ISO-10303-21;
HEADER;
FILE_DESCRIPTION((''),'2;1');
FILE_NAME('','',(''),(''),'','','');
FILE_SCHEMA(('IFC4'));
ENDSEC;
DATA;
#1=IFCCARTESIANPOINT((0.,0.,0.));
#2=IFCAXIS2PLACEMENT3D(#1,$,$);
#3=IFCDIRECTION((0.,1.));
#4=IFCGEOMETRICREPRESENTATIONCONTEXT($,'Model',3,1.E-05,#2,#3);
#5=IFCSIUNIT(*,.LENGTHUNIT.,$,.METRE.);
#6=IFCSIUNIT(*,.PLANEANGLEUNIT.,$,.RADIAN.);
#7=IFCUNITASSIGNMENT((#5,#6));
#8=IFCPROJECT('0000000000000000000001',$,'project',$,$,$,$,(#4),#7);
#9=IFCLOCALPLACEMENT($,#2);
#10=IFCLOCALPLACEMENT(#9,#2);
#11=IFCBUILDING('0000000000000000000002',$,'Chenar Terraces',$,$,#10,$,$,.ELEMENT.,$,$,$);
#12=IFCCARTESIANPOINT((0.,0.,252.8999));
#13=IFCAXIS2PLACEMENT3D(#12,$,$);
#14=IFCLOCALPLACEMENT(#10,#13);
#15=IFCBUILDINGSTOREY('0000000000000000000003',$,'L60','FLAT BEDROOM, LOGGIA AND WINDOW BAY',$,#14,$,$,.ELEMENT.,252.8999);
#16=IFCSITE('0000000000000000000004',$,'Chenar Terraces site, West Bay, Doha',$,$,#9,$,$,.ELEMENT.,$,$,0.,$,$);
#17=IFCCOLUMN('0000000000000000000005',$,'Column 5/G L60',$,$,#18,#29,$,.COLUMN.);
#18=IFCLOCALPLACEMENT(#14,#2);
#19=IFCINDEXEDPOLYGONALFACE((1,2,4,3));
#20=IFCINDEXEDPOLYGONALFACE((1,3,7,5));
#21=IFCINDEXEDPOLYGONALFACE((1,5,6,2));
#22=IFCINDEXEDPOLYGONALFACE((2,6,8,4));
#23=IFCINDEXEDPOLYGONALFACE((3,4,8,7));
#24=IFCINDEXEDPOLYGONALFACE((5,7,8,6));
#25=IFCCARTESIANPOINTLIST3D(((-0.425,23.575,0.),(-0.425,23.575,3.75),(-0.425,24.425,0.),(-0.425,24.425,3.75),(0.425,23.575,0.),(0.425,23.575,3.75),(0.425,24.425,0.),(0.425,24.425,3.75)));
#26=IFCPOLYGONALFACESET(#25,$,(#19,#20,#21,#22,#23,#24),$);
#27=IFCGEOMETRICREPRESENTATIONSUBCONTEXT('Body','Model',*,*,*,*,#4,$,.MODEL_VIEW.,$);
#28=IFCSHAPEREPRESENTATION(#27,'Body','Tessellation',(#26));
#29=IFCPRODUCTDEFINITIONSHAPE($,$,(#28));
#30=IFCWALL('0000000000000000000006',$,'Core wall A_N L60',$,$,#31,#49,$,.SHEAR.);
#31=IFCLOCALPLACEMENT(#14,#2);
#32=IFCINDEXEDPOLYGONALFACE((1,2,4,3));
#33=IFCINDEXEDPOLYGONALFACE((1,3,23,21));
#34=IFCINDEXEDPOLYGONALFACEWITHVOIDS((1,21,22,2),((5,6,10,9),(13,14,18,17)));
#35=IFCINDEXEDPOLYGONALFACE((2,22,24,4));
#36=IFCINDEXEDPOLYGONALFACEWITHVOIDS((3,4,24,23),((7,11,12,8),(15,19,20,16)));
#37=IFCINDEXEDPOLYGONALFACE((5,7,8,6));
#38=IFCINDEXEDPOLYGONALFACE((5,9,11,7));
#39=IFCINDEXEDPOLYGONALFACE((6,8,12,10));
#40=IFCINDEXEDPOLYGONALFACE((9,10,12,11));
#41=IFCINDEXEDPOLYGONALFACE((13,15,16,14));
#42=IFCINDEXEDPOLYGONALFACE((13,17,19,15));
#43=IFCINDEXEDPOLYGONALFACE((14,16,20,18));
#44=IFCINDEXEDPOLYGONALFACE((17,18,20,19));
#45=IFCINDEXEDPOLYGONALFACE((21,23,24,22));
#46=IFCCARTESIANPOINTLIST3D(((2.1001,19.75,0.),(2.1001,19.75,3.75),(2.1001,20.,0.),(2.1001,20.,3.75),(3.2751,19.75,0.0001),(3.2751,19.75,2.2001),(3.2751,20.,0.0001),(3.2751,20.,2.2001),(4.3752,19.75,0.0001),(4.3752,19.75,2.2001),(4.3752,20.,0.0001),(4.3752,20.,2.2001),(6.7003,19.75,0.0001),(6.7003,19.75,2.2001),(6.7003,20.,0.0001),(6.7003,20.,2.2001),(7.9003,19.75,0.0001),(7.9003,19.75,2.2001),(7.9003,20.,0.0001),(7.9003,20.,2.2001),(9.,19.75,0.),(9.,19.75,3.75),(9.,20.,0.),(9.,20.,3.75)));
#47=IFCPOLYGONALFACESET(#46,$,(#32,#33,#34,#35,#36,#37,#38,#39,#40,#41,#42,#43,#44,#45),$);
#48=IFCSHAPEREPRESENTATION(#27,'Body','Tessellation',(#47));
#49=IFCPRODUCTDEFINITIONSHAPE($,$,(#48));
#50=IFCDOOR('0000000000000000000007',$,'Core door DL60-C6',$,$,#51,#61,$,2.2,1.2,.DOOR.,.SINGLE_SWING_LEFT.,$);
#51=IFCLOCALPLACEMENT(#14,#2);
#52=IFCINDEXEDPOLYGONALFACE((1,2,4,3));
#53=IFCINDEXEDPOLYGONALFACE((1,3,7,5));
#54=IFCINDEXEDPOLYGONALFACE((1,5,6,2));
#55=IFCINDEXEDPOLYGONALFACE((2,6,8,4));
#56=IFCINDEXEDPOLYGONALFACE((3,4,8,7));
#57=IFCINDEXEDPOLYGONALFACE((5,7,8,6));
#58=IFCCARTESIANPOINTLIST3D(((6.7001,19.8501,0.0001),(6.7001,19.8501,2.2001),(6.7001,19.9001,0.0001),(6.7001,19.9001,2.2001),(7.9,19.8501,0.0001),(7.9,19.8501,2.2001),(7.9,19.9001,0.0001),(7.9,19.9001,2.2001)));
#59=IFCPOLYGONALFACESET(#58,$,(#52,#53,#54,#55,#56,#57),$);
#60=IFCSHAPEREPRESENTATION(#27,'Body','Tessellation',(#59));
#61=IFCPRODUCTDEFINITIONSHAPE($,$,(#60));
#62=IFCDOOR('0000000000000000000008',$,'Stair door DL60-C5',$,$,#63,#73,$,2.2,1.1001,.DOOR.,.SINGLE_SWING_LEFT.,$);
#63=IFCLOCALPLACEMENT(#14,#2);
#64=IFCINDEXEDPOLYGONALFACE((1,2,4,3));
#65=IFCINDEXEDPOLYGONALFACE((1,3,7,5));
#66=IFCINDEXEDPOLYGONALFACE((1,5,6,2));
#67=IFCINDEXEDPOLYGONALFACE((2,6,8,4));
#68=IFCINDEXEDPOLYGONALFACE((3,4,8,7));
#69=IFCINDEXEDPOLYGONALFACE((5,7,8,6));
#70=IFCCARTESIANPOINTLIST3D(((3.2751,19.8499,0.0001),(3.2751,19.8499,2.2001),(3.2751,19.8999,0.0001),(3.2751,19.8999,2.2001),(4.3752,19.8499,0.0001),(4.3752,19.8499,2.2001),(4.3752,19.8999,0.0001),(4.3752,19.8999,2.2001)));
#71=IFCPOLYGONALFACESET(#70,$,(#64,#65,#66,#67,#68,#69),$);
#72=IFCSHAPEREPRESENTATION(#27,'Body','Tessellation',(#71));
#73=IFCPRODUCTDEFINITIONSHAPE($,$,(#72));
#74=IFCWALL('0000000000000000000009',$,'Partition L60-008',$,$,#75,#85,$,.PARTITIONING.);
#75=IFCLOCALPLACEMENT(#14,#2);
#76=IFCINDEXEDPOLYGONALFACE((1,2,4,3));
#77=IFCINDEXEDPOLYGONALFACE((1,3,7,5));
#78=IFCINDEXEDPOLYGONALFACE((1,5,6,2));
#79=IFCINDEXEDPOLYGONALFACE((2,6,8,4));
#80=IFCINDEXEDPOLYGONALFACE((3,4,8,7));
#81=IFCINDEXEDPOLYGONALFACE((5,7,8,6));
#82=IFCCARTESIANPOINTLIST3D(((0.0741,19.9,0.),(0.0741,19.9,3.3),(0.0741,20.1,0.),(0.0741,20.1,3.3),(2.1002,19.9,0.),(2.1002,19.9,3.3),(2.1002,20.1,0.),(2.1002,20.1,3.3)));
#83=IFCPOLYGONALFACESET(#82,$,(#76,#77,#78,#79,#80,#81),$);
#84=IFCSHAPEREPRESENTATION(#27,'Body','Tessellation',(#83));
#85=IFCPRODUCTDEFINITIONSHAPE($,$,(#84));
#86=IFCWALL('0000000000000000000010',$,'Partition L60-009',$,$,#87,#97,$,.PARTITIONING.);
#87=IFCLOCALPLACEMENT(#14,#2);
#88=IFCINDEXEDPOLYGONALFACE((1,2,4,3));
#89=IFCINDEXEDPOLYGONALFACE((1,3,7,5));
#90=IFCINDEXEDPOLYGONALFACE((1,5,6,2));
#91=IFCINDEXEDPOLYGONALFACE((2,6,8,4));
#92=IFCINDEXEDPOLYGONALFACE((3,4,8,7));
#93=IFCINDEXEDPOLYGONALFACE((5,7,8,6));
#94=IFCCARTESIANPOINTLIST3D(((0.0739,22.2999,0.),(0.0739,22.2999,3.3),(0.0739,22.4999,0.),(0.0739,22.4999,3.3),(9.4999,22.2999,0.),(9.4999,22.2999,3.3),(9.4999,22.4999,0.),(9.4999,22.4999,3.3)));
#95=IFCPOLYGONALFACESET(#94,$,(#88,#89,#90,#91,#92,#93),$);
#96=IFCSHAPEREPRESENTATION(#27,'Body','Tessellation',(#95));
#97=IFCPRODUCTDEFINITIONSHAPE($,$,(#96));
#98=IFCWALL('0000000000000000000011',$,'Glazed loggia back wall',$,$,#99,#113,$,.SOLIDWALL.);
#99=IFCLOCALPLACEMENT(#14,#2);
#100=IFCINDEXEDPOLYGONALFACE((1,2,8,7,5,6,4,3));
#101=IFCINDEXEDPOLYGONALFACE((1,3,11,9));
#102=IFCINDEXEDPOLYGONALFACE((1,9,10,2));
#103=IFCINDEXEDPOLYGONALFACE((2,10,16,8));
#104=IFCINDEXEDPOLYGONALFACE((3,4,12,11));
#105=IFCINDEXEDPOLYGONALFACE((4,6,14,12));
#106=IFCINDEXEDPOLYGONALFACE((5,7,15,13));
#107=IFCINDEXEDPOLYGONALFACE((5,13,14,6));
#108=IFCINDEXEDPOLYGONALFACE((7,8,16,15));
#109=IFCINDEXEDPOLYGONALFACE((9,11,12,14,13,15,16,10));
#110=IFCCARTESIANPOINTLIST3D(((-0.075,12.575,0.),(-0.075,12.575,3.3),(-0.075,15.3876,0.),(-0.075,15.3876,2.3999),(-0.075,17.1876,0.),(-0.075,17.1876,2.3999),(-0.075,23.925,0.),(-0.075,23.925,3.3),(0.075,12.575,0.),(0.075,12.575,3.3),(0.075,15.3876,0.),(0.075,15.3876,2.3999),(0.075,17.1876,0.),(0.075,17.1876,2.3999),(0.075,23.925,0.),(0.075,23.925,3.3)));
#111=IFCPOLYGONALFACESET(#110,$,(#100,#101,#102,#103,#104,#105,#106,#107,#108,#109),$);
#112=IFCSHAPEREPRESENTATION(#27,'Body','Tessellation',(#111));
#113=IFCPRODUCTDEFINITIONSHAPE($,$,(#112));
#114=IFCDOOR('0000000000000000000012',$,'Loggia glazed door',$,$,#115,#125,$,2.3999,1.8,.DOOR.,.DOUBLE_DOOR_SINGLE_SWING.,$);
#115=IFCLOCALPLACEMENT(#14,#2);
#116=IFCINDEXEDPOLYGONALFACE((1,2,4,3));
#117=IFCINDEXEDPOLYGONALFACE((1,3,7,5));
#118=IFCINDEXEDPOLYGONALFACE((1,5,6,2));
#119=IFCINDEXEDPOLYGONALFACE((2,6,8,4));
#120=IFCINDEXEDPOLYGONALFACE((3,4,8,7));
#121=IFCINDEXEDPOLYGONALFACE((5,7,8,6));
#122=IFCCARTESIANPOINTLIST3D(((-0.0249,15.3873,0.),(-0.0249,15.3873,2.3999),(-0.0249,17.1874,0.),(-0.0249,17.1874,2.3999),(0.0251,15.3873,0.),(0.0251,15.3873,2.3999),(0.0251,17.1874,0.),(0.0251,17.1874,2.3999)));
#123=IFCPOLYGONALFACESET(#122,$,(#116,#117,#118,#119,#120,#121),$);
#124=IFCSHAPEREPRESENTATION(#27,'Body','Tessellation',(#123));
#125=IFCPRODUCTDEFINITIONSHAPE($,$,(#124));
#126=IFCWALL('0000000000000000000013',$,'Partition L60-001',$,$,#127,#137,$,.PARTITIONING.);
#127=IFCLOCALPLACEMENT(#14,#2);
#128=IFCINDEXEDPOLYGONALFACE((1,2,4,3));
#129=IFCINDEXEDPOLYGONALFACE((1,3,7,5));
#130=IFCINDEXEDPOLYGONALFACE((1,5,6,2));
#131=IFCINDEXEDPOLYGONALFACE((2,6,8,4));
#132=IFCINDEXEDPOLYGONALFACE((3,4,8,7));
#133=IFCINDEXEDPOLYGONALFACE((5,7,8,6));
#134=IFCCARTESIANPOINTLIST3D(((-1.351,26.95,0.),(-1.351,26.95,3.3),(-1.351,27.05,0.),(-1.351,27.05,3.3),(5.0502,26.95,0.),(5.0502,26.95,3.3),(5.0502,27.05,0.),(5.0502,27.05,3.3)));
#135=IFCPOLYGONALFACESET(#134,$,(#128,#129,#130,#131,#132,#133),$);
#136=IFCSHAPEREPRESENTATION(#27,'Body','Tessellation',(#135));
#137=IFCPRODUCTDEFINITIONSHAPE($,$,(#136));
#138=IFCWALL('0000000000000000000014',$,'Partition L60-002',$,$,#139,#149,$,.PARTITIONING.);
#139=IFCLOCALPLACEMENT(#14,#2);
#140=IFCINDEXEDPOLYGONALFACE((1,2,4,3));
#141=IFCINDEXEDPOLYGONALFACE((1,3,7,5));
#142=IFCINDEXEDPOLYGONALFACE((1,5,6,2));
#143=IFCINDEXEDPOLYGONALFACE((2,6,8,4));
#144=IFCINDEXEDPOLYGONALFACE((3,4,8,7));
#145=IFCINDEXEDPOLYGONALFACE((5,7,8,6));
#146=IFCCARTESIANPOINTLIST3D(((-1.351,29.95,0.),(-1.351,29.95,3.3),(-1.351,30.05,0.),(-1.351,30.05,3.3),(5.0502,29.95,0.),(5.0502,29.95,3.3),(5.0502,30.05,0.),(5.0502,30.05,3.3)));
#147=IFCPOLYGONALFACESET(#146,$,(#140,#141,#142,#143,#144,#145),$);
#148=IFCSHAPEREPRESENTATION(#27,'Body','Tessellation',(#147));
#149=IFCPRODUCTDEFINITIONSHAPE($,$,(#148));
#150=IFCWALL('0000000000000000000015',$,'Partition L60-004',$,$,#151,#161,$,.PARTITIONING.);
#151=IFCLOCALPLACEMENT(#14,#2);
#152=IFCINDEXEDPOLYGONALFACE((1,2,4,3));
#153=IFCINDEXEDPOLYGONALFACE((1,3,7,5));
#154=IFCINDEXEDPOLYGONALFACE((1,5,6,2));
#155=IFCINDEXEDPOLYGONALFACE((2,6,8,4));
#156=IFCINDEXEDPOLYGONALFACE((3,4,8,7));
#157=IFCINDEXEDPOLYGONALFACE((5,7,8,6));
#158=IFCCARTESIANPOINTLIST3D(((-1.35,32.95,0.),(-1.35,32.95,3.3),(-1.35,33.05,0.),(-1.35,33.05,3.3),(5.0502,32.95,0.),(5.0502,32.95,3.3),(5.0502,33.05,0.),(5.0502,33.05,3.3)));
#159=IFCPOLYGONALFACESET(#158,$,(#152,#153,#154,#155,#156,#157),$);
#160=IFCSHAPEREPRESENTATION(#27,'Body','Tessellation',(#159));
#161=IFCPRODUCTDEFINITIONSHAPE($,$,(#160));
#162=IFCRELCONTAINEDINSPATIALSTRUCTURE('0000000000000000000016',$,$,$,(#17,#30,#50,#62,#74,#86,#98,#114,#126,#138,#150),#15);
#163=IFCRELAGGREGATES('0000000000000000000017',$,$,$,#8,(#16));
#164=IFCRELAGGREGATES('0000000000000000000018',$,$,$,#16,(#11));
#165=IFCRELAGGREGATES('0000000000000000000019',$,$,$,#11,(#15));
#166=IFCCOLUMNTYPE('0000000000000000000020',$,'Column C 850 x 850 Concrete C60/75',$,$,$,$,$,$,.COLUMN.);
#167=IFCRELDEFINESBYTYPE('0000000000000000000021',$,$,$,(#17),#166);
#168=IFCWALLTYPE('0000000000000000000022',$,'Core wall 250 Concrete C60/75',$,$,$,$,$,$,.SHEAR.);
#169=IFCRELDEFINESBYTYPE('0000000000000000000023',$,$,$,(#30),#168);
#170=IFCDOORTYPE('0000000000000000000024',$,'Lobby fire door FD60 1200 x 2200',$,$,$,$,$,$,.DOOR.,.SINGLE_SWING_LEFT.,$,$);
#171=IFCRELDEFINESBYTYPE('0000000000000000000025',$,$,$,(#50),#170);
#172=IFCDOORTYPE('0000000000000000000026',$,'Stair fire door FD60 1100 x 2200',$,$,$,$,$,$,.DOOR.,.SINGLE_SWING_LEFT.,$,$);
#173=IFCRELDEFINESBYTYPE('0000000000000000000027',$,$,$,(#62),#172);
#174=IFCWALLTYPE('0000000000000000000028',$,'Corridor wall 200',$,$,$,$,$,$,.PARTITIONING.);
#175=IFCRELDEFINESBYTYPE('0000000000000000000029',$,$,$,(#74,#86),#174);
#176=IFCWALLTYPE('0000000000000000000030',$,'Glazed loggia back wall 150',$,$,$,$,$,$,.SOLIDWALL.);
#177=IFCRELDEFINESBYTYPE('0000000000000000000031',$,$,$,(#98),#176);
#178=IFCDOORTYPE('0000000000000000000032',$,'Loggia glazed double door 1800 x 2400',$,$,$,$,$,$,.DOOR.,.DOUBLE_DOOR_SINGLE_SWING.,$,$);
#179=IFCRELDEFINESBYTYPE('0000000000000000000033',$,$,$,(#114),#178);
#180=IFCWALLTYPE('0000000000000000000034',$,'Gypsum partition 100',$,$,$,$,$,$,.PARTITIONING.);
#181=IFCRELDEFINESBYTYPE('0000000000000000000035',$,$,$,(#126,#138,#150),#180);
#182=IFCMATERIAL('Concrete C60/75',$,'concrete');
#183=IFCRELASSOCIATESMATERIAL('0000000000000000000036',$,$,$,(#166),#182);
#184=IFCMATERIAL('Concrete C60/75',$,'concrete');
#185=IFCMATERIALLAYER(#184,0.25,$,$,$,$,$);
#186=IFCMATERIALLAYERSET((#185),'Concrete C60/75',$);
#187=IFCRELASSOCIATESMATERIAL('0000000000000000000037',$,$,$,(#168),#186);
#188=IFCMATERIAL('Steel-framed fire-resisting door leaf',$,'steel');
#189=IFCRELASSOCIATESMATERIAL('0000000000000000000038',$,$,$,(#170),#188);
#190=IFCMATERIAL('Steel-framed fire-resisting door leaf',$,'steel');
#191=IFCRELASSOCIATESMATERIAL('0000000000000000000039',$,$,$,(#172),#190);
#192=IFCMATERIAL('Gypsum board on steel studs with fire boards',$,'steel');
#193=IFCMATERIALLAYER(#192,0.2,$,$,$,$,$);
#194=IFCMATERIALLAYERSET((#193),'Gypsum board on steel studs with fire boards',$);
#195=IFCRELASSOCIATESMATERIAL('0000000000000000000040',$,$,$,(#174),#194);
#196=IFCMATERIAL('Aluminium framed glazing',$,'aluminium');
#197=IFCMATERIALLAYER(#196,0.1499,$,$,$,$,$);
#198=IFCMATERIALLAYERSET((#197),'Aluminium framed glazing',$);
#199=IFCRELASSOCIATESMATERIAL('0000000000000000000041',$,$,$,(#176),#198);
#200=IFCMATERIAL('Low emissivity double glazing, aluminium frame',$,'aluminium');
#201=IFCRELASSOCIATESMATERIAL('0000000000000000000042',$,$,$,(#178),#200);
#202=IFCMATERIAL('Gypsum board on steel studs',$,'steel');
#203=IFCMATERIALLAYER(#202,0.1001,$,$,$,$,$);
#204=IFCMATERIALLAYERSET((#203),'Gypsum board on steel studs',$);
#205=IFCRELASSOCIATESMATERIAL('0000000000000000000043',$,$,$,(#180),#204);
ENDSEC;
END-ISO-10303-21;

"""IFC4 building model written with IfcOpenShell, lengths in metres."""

from ifc_helpers import new_model, si_unit, direction, frame, frame_2d, origin, origin_2d, place, context, subcontext, project, spatial, rectangle, extrude, material, layer, layer_set, material_profile, profile_set, type_object, element, fill, save


model = new_model("IFC4")

# Units and contexts
model_context = context("Model", 3, precision=1e-05, world=origin(), true_north=direction((0.0, 1.0)))
body_context = subcontext(model_context, "Body", "Model", "MODEL_VIEW")
ifc_project = project(units=[si_unit("LENGTHUNIT", "METRE"), si_unit("PLANEANGLEUNIT", "RADIAN")], contexts=[model_context])

# Site, building, storey
site_placement = place(None, origin())
site = spatial("IfcSite", under=ifc_project, at=site_placement, Name="Chenar Terraces site, West Bay, Doha", CompositionType="ELEMENT", RefElevation=0.0)
building_placement = place(site_placement, origin())
building = spatial("IfcBuilding", under=site, at=building_placement, Name="Chenar Terraces", CompositionType="ELEMENT")
storey_placement = place(building_placement, frame((0.0, 0.0, 252.8999)))
storey = spatial("IfcBuildingStorey", under=building, at=storey_placement, Name="L60", Description="FLAT BEDROOM, LOGGIA AND WINDOW BAY", CompositionType="ELEMENT", Elevation=252.8999)

# Column
ifc_material_1 = material(Name="Concrete C60/75", Category="concrete")
ifc_material_profile = material_profile(ifc_material_1, rectangle(XDim=0.8501, YDim=0.8501, at=origin_2d()), Name="C 850 x 850")
ifc_profile_set = profile_set([ifc_material_profile], Name="Concrete C60/75")
column_type = type_object("IfcColumnType", Name="Column C 850 x 850 Concrete C60/75", PredefinedType="COLUMN", material=ifc_profile_set)
column_placement = place(storey_placement, frame((0.0, 24.0, 0.0), z_axis=(0.0, 0.0, 1.0), x_axis=(1.0, 0.0, 0.0)))
element("IfcColumn", 1, at=column_placement, inside=storey, type_object=column_type, Name="Column 5/G L60", PredefinedType="COLUMN", context=body_context, shape_type="SweptSolid", body=[
    extrude(rectangle(XDim=0.8501, YDim=0.8501, at=origin_2d()), origin(), (0.0, 0.0, 1.0), 3.75),
])

# Wall, openings, doors
ifc_material_2 = material(Name="Concrete C60/75", Category="concrete")
ifc_layer_1 = layer(ifc_material_2, 0.25)
ifc_layer_set_1 = layer_set([ifc_layer_1], Name="Concrete C60/75")
wall_type_1 = type_object("IfcWallType", Name="Core wall 250 Concrete C60/75", PredefinedType="SHEAR", material=ifc_layer_set_1)
wall_1_placement = place(storey_placement, frame((2.1001, 19.875, 0.0), z_axis=(0.0, 0.0, 1.0), x_axis=(1.0, 0.0, 0.0)))
wall_1 = element("IfcWall", 2, at=wall_1_placement, inside=storey, type_object=wall_type_1, Name="Core wall A_N L60", PredefinedType="SHEAR", context=body_context, shape_type="SweptSolid", body=[
    extrude(rectangle(XDim=6.8999, YDim=0.25, at=frame_2d((3.45, 0.0))), origin(), (0.0, 0.0, 1.0), 3.75),
])
opening_1_placement = place(wall_1_placement, frame((1.175, 0.0, 0.0)))
opening_1 = element("IfcOpeningElement", 3, at=opening_1_placement, cuts=wall_1, PredefinedType="OPENING", context=body_context, shape_type="SweptSolid", body=[
    extrude(rectangle(XDim=1.1001, YDim=2.2, at=frame_2d((0.55, 1.1001))), frame((0.0, 0.135, 0.0), z_axis=(0.0, -1.0, 0.0), x_axis=(1.0, 0.0, 0.0)), (0.0, 0.0, 1.0), 0.27),
])
opening_2_placement = place(wall_1_placement, frame((4.6001, 0.0, 0.0)))
opening_2 = element("IfcOpeningElement", 4, at=opening_2_placement, cuts=wall_1, PredefinedType="OPENING", context=body_context, shape_type="SweptSolid", body=[
    extrude(rectangle(XDim=1.2, YDim=2.2, at=frame_2d((0.6001, 1.1001))), frame((0.0, 0.135, 0.0), z_axis=(0.0, -1.0, 0.0), x_axis=(1.0, 0.0, 0.0)), (0.0, 0.0, 1.0), 0.27),
])
ifc_material_3 = material(Name="Steel-framed fire-resisting door leaf", Category="steel")
door_type_1 = type_object("IfcDoorType", Name="Lobby fire door FD60 1200 x 2200", OperationType="SINGLE_SWING_LEFT", PredefinedType="DOOR", material=ifc_material_3)
door_1_placement = place(opening_2_placement, frame((1.2, 0.0, 0.0), z_axis=(0.0, 0.0, 1.0), x_axis=(-1.0, 0.0, 0.0)))
door_1 = element("IfcDoor", 5, at=door_1_placement, inside=storey, type_object=door_type_1, Name="Core door DL60-C6", OperationType="SINGLE_SWING_LEFT", OverallHeight=2.2, OverallWidth=1.2, PredefinedType="DOOR", context=body_context, shape_type="SweptSolid", body=[
    extrude(rectangle(XDim=1.2, YDim=2.2, at=frame_2d((0.6001, 1.1001))), frame((0.0, 0.0249, 0.0), z_axis=(0.0, -1.0, 0.0), x_axis=(1.0, 0.0, 0.0)), (0.0, 0.0, 1.0), 0.05),
])
fill(opening_2, door_1)
ifc_material_4 = material(Name="Steel-framed fire-resisting door leaf", Category="steel")
door_type_2 = type_object("IfcDoorType", Name="Stair fire door FD60 1100 x 2200", OperationType="SINGLE_SWING_LEFT", PredefinedType="DOOR", material=ifc_material_4)
door_2_placement = place(opening_1_placement, origin())
door_2 = element("IfcDoor", 6, at=door_2_placement, inside=storey, type_object=door_type_2, Name="Stair door DL60-C5", OperationType="SINGLE_SWING_LEFT", OverallHeight=2.2, OverallWidth=1.1001, PredefinedType="DOOR", context=body_context, shape_type="SweptSolid", body=[
    extrude(rectangle(XDim=1.1001, YDim=2.2, at=frame_2d((0.55, 1.1001))), frame((0.0, 0.0249, 0.0), z_axis=(0.0, -1.0, 0.0), x_axis=(1.0, 0.0, 0.0)), (0.0, 0.0, 1.0), 0.05),
])
fill(opening_1, door_2)

# Walls
ifc_material_5 = material(Name="Gypsum board on steel studs with fire boards", Category="steel")
ifc_layer_2 = layer(ifc_material_5, 0.2)
ifc_layer_set_2 = layer_set([ifc_layer_2], Name="Gypsum board on steel studs with fire boards")
wall_type_2 = type_object("IfcWallType", Name="Corridor wall 200", PredefinedType="PARTITIONING", material=ifc_layer_set_2)
wall_2_placement = place(storey_placement, frame((0.074, 20.0, 0.0), z_axis=(0.0, 0.0, 1.0), x_axis=(1.0, 0.0, 0.0)))
element("IfcWall", 7, at=wall_2_placement, inside=storey, type_object=wall_type_2, Name="Partition L60-008", PredefinedType="PARTITIONING", context=body_context, shape_type="SweptSolid", body=[
    extrude(rectangle(XDim=2.0261, YDim=0.2, at=frame_2d((1.0132, 0.0))), origin(), (0.0, 0.0, 1.0), 3.3),
])
wall_3_placement = place(storey_placement, frame((0.074, 22.3999, 0.0), z_axis=(0.0, 0.0, 1.0), x_axis=(1.0, 0.0, 0.0)))
element("IfcWall", 8, at=wall_3_placement, inside=storey, type_object=wall_type_2, Name="Partition L60-009", PredefinedType="PARTITIONING", context=body_context, shape_type="SweptSolid", body=[
    extrude(rectangle(XDim=9.426, YDim=0.2, at=frame_2d((4.7129, 0.0))), origin(), (0.0, 0.0, 1.0), 3.3),
])

# Wall, opening, door
ifc_material_6 = material(Name="Aluminium framed glazing", Category="aluminium")
ifc_layer_3 = layer(ifc_material_6, 0.1499)
ifc_layer_set_3 = layer_set([ifc_layer_3], Name="Aluminium framed glazing")
wall_type_3 = type_object("IfcWallType", Name="Glazed loggia back wall 150", PredefinedType="SOLIDWALL", material=ifc_layer_set_3)
wall_4_placement = place(storey_placement, frame((0.0, 23.925, 0.0), z_axis=(0.0, 0.0, 1.0), x_axis=(0.0, -1.0, 0.0)))
wall_4 = element("IfcWall", 9, at=wall_4_placement, inside=storey, type_object=wall_type_3, Name="Glazed loggia back wall", PredefinedType="SOLIDWALL", context=body_context, shape_type="SweptSolid", body=[
    extrude(rectangle(XDim=11.3501, YDim=0.1499, at=frame_2d((5.675, 0.0))), origin(), (0.0, 0.0, 1.0), 3.3),
])
opening_3_placement = place(wall_4_placement, frame((6.7375, 0.0, 0.0)))
opening_3 = element("IfcOpeningElement", 10, at=opening_3_placement, cuts=wall_4, PredefinedType="OPENING", context=body_context, shape_type="SweptSolid", body=[
    extrude(rectangle(XDim=1.8, YDim=2.3999, at=frame_2d((0.8999, 1.2))), frame((0.0, 0.085, 0.0), z_axis=(0.0, -1.0, 0.0), x_axis=(1.0, 0.0, 0.0)), (0.0, 0.0, 1.0), 0.1699),
])
ifc_material_7 = material(Name="Low emissivity double glazing, aluminium frame", Category="aluminium")
door_type_3 = type_object("IfcDoorType", Name="Loggia glazed double door 1800 x 2400", OperationType="DOUBLE_DOOR_SINGLE_SWING", PredefinedType="DOOR", material=ifc_material_7)
door_3_placement = place(opening_3_placement, frame((1.8, 0.0, 0.0), z_axis=(0.0, 0.0, 1.0), x_axis=(-1.0, 0.0, 0.0)))
door_3 = element("IfcDoor", 11, at=door_3_placement, inside=storey, type_object=door_type_3, Name="Loggia glazed door", OperationType="DOUBLE_DOOR_SINGLE_SWING", OverallHeight=2.3999, OverallWidth=1.8, PredefinedType="DOOR", context=body_context, shape_type="SweptSolid", body=[
    extrude(rectangle(XDim=1.8, YDim=2.3999, at=frame_2d((0.8999, 1.2))), frame((0.0, 0.0249, 0.0), z_axis=(0.0, -1.0, 0.0), x_axis=(1.0, 0.0, 0.0)), (0.0, 0.0, 1.0), 0.05),
])
fill(opening_3, door_3)

# Walls
ifc_material_8 = material(Name="Gypsum board on steel studs", Category="steel")
ifc_layer_4 = layer(ifc_material_8, 0.1001)
ifc_layer_set_4 = layer_set([ifc_layer_4], Name="Gypsum board on steel studs")
wall_type_4 = type_object("IfcWallType", Name="Gypsum partition 100", PredefinedType="PARTITIONING", material=ifc_layer_set_4)
for number, where, z_axis, x_axis, name in (
    (12, (-1.3511, 27.0, 0.0), (0.0, 0.0, 1.0), (1.0, 0.0, 0.0), "Partition L60-001"),
    (13, (-1.3511, 30.0, 0.0), (0.0, 0.0, 1.0), (1.0, 0.0, 0.0), "Partition L60-002"),
):
    element("IfcWall", number, at=place(storey_placement, frame(where, z_axis=z_axis, x_axis=x_axis)), inside=storey, type_object=wall_type_4, Name=name, PredefinedType="PARTITIONING", context=body_context, shape_type="SweptSolid", body=[
        extrude(rectangle(XDim=6.4011, YDim=0.1001, at=frame_2d((3.2007, 0.0))), origin(), (0.0, 0.0, 1.0), 3.3),
    ])
wall_5_placement = place(storey_placement, frame((-1.3501, 33.0, 0.0), z_axis=(0.0, 0.0, 1.0), x_axis=(1.0, 0.0, 0.0)))
element("IfcWall", 14, at=wall_5_placement, inside=storey, type_object=wall_type_4, Name="Partition L60-004", PredefinedType="PARTITIONING", context=body_context, shape_type="SweptSolid", body=[
    extrude(rectangle(XDim=6.4001, YDim=0.1001, at=frame_2d((3.2002, 0.0))), origin(), (0.0, 0.0, 1.0), 3.3),
])

save(model, "model.ifc")
